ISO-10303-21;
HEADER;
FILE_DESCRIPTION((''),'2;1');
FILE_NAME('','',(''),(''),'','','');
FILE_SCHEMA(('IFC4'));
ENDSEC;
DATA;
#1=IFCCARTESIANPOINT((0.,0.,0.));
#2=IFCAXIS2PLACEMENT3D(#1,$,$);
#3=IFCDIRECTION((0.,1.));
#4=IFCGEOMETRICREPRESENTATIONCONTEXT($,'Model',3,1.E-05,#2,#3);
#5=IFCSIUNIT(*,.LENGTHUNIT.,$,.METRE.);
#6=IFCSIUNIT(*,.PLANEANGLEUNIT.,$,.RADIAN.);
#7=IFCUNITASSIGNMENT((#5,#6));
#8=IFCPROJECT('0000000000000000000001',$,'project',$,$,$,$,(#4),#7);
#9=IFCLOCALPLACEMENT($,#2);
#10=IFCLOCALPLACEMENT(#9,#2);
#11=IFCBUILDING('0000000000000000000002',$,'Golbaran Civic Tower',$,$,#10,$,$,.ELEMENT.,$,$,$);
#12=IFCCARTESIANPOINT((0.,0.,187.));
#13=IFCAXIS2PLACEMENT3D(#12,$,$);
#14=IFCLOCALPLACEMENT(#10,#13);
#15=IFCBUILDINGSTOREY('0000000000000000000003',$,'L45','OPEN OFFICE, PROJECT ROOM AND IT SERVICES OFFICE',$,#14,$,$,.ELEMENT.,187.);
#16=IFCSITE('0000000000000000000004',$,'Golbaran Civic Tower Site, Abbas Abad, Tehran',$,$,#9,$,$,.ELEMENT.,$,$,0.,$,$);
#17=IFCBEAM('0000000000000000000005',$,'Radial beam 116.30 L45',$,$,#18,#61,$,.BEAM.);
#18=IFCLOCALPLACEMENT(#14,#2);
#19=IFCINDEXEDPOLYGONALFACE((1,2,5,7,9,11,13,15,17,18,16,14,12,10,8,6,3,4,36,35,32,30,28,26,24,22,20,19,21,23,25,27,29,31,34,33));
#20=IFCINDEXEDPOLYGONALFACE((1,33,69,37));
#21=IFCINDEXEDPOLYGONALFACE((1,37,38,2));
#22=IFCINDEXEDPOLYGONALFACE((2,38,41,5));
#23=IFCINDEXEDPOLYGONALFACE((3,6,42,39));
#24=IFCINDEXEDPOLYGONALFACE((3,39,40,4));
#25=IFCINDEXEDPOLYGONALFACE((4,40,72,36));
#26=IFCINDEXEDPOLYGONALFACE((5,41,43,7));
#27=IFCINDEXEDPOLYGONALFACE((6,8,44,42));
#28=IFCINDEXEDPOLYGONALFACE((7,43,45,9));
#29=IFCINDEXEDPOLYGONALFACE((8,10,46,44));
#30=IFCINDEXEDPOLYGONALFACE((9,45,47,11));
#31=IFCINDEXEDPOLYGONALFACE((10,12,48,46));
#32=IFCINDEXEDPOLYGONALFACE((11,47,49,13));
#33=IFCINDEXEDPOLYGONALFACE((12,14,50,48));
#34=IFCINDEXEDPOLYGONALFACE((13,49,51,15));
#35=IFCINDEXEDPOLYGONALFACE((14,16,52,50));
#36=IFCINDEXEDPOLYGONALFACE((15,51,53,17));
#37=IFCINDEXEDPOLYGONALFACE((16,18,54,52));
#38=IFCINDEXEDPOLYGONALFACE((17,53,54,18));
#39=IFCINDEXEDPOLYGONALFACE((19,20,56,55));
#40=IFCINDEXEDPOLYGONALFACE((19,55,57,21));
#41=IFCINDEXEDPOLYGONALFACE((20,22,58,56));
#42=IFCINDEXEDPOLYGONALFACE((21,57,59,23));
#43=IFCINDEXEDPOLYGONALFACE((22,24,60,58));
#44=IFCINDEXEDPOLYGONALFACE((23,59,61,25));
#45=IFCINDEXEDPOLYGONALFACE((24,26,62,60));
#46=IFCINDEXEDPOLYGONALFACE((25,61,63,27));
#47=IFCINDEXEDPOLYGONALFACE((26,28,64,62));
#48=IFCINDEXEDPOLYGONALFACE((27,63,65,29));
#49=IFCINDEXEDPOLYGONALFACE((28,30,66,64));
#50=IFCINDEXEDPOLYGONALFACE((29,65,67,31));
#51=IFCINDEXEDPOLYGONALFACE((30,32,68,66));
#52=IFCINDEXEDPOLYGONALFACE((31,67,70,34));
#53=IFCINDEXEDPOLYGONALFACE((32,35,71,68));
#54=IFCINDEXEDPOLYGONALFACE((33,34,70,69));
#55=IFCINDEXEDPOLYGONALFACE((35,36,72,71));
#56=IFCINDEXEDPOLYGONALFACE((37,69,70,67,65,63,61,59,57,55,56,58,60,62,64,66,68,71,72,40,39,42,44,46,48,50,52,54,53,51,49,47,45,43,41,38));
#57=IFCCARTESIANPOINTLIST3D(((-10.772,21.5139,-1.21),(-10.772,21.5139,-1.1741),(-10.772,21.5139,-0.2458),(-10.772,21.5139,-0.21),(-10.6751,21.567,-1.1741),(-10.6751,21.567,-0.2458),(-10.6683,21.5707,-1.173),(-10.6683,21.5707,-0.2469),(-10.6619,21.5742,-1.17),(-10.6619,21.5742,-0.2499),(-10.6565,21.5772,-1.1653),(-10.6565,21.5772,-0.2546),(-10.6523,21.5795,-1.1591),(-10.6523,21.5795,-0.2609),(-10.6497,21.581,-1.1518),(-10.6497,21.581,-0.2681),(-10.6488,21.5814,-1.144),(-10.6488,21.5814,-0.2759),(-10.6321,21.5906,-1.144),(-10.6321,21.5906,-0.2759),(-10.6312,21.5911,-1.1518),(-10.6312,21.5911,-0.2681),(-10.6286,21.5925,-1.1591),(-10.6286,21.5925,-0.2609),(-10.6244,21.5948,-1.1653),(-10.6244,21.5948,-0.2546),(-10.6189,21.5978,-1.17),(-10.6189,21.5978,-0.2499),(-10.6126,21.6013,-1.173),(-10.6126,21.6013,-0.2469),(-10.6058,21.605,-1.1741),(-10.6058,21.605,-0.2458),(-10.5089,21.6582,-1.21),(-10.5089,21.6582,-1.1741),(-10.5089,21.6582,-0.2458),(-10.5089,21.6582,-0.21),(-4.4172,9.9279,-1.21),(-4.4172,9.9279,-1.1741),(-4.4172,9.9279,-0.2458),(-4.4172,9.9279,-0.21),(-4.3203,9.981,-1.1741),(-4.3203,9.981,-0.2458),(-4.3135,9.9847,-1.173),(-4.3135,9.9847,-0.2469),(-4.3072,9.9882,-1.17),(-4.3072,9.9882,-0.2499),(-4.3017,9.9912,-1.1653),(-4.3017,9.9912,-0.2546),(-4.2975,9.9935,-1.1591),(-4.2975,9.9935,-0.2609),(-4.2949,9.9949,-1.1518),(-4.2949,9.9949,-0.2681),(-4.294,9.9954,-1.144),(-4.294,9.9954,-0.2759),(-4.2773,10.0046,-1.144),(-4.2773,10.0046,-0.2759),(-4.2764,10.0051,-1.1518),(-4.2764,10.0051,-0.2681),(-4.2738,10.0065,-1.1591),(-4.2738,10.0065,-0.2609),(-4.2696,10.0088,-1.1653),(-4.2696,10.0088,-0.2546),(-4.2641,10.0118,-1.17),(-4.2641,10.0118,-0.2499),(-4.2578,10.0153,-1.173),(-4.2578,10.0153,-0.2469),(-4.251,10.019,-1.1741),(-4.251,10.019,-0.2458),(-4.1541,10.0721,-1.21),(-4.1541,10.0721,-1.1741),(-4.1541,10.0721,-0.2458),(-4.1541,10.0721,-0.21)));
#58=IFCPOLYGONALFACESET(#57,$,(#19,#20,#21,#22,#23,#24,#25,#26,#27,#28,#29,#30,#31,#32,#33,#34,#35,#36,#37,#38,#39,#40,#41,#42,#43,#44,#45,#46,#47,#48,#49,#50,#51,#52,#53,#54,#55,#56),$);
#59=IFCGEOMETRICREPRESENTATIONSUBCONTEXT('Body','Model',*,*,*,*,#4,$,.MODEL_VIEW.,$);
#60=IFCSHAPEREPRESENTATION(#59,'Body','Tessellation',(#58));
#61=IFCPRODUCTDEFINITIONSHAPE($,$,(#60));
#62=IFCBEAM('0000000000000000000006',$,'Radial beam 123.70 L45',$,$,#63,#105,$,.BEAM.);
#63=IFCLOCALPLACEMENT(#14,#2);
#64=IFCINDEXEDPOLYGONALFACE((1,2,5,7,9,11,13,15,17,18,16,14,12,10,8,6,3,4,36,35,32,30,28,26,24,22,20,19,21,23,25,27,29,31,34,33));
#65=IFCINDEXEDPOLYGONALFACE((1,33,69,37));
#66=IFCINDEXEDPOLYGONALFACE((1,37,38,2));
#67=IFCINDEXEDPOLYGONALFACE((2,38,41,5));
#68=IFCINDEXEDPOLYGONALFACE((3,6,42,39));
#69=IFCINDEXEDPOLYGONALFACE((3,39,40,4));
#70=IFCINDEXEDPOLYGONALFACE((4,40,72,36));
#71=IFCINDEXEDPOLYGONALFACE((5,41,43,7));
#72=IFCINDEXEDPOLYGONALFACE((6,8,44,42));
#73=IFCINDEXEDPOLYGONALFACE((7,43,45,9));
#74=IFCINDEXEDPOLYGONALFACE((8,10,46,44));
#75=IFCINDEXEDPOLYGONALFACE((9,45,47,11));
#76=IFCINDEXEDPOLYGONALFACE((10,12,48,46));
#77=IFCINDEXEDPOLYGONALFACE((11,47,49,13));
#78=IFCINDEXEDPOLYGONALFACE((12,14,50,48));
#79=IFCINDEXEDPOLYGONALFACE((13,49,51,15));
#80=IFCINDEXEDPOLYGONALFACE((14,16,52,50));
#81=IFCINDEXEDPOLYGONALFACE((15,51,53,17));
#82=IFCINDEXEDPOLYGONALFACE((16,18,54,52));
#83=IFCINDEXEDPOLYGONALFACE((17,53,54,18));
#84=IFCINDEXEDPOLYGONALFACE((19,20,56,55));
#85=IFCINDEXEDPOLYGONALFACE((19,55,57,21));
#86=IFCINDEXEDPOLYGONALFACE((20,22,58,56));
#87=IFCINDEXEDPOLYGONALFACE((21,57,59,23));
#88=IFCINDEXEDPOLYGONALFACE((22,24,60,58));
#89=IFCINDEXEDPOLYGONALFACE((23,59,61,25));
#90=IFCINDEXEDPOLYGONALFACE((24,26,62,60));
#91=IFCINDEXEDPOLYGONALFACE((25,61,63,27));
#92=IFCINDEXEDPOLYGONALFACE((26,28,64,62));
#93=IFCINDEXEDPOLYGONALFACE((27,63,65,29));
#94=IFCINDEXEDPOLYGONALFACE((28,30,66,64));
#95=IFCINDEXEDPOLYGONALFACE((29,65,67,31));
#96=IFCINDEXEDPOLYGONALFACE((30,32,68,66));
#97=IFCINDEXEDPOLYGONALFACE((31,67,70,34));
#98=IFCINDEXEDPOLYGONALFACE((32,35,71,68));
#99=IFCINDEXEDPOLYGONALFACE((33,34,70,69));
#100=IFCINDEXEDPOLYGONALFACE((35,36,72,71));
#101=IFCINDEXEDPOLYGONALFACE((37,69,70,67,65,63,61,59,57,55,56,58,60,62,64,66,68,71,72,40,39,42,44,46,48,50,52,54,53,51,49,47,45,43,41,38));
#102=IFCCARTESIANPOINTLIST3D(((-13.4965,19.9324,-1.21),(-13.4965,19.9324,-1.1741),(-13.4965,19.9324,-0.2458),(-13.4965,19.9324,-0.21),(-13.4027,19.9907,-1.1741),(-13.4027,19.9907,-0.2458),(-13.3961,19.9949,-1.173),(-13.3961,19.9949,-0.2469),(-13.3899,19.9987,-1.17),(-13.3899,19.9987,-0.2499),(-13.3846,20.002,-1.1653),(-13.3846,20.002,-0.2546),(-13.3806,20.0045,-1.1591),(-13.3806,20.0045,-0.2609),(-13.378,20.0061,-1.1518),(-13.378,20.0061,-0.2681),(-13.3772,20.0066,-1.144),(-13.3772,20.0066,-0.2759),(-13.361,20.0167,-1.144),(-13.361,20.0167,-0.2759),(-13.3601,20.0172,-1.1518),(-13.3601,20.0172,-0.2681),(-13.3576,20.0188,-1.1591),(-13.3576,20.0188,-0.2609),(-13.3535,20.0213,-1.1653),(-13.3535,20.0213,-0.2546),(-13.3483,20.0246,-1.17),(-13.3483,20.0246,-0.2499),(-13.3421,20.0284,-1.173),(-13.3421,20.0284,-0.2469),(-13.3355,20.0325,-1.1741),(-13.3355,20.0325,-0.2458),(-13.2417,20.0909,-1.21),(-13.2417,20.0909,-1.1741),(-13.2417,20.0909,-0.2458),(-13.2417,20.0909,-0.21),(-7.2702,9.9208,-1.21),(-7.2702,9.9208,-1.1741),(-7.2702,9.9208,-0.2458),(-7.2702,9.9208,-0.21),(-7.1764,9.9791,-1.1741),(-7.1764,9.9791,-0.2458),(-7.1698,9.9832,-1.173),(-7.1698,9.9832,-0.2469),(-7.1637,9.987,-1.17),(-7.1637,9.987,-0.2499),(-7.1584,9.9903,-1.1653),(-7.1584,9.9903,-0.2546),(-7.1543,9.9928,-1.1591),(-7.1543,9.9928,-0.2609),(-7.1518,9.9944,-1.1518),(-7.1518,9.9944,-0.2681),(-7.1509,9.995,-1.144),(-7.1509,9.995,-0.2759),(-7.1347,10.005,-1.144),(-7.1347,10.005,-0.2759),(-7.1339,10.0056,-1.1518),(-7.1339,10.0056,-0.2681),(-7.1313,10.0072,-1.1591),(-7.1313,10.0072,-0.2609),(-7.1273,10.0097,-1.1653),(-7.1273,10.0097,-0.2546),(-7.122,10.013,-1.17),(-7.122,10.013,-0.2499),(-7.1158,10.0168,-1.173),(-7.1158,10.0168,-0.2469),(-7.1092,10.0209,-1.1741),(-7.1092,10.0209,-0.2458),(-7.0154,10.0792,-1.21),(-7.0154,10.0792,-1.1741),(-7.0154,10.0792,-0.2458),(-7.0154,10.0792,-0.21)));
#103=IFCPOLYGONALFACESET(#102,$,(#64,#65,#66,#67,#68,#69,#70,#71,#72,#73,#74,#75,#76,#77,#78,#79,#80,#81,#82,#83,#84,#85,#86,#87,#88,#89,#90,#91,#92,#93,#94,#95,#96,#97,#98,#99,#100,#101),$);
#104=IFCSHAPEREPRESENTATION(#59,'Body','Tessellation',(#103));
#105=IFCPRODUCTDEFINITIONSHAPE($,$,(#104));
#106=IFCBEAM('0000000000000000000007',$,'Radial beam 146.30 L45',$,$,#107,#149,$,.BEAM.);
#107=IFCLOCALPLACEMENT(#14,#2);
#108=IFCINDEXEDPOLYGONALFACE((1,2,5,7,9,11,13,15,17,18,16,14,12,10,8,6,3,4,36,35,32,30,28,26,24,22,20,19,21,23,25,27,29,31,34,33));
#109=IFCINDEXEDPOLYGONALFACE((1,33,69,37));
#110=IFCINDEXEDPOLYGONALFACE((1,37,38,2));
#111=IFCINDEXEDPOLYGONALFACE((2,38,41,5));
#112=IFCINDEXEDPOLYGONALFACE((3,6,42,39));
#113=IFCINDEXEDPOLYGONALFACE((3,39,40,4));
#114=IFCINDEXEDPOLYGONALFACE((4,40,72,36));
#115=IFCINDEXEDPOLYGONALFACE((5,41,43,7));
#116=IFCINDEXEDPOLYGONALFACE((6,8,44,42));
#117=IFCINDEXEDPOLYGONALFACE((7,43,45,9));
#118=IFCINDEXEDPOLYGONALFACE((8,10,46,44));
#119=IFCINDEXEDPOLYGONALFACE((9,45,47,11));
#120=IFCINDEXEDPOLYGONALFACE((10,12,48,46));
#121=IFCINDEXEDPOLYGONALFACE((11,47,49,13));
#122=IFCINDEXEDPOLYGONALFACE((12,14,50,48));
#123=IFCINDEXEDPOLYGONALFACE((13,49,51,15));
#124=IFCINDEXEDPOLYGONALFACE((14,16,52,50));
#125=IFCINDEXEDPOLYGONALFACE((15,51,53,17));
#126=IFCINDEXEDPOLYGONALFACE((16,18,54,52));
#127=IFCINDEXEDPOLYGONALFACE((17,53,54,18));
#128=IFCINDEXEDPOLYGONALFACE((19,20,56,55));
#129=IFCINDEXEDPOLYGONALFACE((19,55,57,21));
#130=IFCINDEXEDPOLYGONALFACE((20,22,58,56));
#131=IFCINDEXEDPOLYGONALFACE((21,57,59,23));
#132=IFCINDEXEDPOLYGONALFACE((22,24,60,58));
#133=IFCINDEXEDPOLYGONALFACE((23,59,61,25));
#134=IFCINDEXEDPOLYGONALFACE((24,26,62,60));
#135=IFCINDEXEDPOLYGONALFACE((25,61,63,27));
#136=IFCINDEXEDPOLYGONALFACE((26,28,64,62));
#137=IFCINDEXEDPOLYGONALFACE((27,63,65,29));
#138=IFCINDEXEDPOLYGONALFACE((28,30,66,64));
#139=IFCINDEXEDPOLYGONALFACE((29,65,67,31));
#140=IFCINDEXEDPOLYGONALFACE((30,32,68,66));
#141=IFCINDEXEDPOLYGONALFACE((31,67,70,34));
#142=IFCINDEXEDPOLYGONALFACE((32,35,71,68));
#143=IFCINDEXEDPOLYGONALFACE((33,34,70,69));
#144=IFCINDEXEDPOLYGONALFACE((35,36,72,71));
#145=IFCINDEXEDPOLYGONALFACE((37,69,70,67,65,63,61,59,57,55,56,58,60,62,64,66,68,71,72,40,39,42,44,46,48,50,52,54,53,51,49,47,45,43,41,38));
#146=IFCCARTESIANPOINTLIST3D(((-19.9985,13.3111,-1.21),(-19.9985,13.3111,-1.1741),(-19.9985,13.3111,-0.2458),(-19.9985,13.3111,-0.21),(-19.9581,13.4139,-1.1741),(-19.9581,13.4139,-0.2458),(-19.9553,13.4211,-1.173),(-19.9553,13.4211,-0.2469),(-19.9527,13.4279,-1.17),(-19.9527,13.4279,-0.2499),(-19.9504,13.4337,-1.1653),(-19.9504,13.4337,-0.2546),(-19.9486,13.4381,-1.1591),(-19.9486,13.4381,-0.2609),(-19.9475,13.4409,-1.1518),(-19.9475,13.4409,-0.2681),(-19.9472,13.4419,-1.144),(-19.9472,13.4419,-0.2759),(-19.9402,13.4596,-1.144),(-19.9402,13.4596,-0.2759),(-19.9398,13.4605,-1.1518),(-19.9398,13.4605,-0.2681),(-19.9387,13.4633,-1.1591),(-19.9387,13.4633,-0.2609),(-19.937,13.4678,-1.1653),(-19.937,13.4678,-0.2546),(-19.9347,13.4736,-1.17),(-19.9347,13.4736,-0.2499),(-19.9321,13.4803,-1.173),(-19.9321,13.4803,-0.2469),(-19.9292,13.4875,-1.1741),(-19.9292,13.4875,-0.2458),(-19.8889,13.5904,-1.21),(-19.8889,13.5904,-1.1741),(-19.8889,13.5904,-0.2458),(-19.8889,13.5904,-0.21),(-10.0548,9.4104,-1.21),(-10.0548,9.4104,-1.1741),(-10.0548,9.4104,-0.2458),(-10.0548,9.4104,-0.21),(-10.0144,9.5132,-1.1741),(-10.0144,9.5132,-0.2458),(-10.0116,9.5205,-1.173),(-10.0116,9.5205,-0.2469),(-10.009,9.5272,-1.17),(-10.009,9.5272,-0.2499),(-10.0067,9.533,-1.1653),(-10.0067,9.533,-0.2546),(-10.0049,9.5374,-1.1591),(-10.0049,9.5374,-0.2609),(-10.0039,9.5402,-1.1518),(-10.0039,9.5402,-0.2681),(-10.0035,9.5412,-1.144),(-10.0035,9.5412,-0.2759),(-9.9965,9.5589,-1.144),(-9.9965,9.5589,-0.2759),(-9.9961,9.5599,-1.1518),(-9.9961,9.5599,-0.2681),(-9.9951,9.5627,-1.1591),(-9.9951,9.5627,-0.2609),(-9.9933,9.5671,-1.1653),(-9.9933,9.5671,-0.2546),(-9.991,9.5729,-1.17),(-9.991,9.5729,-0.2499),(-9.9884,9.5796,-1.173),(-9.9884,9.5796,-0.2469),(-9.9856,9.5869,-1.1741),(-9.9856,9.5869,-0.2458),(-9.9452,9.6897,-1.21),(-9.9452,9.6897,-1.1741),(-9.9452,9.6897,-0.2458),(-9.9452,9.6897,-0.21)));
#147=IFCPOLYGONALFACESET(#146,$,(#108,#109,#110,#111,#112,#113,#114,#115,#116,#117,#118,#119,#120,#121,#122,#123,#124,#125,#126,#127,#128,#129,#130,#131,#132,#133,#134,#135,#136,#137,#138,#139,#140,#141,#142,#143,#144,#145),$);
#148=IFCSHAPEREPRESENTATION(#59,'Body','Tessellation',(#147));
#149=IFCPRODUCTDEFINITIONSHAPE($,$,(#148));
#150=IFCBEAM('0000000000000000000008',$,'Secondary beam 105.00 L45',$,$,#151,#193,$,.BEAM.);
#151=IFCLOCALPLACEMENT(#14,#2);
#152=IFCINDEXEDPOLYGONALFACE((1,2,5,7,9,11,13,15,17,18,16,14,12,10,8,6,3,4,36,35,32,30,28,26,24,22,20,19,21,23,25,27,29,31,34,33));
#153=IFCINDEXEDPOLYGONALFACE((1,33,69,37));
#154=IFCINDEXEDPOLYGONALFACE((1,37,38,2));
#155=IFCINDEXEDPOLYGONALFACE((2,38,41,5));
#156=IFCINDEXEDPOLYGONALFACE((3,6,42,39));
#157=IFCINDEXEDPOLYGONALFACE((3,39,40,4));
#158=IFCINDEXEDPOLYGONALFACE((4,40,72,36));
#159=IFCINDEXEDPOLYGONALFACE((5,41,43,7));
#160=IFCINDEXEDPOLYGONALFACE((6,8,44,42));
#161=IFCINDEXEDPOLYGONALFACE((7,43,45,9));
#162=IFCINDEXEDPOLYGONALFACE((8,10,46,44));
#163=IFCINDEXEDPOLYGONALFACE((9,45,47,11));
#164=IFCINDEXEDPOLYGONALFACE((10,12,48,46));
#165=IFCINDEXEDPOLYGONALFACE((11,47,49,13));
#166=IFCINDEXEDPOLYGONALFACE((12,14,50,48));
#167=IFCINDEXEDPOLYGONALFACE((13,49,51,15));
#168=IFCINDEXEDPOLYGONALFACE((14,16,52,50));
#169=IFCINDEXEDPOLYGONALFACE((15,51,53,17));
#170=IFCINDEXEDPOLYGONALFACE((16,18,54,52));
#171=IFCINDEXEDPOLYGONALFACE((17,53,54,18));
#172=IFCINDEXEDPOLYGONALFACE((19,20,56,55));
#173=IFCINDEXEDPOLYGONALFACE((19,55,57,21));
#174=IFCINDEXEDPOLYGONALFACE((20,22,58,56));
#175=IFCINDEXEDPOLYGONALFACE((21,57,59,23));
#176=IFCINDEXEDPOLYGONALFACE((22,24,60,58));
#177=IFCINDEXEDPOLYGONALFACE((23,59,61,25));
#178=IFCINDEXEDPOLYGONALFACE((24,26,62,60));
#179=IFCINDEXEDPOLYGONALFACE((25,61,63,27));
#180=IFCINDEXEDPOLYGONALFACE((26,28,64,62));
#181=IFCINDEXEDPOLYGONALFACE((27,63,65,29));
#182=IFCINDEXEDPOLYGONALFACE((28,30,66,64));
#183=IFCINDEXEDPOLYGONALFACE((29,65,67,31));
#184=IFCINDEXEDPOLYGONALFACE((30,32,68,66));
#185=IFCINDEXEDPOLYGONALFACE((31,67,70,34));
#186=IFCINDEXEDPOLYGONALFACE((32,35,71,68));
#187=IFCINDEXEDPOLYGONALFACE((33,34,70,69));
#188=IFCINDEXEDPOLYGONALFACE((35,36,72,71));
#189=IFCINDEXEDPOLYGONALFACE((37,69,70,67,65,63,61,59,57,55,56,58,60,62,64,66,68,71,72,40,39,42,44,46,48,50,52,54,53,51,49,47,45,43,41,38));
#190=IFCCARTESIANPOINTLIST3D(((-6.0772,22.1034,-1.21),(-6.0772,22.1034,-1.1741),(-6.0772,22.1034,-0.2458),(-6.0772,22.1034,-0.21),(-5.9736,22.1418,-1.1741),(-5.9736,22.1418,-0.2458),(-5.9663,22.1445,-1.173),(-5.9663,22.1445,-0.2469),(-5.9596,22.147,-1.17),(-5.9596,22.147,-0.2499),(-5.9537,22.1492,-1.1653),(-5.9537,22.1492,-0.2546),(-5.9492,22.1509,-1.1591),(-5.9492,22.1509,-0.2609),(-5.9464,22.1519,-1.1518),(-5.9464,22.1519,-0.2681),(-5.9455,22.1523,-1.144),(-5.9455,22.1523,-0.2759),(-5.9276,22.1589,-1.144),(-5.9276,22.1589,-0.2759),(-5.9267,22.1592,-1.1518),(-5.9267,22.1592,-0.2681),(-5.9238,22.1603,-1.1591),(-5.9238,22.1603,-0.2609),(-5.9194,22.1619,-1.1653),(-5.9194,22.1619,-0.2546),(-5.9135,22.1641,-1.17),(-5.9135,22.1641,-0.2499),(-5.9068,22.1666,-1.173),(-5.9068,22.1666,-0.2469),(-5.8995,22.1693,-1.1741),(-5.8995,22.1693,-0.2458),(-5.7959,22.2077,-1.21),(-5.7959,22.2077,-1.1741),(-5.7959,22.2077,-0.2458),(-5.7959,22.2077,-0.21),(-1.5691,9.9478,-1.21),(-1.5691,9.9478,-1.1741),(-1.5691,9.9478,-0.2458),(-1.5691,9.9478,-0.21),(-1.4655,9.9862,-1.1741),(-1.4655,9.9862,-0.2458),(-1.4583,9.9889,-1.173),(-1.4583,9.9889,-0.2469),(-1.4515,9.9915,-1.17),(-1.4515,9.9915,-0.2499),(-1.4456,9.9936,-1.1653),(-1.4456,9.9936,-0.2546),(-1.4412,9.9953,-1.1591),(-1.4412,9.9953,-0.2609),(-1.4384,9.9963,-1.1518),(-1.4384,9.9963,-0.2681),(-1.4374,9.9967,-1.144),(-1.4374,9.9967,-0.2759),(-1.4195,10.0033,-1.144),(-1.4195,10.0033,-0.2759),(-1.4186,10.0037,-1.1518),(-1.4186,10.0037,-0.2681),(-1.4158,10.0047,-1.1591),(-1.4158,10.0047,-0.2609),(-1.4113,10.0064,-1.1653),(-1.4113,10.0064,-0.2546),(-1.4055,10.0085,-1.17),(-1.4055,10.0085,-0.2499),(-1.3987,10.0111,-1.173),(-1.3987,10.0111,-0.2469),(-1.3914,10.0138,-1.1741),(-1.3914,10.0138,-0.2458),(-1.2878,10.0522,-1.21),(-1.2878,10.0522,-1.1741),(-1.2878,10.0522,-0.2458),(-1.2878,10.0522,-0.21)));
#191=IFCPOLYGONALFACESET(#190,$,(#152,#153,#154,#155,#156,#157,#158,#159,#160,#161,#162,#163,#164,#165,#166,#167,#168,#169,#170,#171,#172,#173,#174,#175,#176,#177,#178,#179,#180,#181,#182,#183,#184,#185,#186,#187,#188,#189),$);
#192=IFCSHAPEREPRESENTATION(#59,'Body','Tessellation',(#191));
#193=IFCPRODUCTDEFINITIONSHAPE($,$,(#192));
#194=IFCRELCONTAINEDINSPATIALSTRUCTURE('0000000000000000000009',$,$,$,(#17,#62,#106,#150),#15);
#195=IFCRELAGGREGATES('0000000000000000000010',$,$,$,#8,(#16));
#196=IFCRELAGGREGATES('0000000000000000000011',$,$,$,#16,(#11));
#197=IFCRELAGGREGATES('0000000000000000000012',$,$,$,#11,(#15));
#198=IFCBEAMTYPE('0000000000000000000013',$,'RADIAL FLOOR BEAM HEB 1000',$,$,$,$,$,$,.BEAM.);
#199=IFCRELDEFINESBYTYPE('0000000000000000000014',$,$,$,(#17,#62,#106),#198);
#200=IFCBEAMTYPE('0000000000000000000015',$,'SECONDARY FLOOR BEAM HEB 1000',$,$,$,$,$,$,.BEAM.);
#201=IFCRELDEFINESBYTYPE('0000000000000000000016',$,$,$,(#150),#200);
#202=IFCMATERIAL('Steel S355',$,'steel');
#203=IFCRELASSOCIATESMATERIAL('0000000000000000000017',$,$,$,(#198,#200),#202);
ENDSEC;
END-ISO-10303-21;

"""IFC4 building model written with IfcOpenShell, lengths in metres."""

from ifc_helpers import new_model, si_unit, direction, frame, origin, origin_2d, place, context, subcontext, project, spatial, i_section, extrude, material, material_profile, profile_set, type_object, element, save


model = new_model("IFC4")

# Units and contexts
model_context = context("Model", 3, precision=1e-05, world=origin(), true_north=direction((0.0, 1.0)))
body_context = subcontext(model_context, "Body", "Model", "MODEL_VIEW")
ifc_project = project(units=[si_unit("LENGTHUNIT", "METRE"), si_unit("PLANEANGLEUNIT", "RADIAN")], contexts=[model_context])

# Site, building, storey
site_placement = place(None, origin())
site = spatial("IfcSite", under=ifc_project, at=site_placement, Name="Golbaran Civic Tower Site, Abbas Abad, Tehran", CompositionType="ELEMENT", RefElevation=0.0)
building_placement = place(site_placement, origin())
building = spatial("IfcBuilding", under=site, at=building_placement, Name="Golbaran Civic Tower", CompositionType="ELEMENT")
storey_placement = place(building_placement, frame((0.0, 0.0, 187.0)))
storey = spatial("IfcBuildingStorey", under=building, at=storey_placement, Name="L45", Description="OPEN OFFICE, PROJECT ROOM AND IT SERVICES OFFICE", CompositionType="ELEMENT", Elevation=187.0)

# Beams
ifc_material_1 = material(Name="Steel S355", Category="steel")
ifc_material_profile_1 = material_profile(ifc_material_1, i_section(OverallWidth=0.3, OverallDepth=1.0, WebThickness=0.019, FlangeThickness=0.0359, FilletRadius=0.03, at=origin_2d()), Name="HEB 1000")
ifc_profile_set_1 = profile_set([ifc_material_profile_1], Name="Steel S355")
beam_type_1 = type_object("IfcBeamType", Name="RADIAL FLOOR BEAM HEB 1000", PredefinedType="BEAM", material=ifc_profile_set_1)
beam_1_placement = place(storey_placement, frame((-4.2856, 10.0, -0.71), z_axis=(-0.4809, 0.876775, 0.0), x_axis=(-0.876775, -0.4809, 0.0)))
element("IfcBeam", 1, at=beam_1_placement, inside=storey, type_object=beam_type_1, Name="Radial beam 116.30 L45", PredefinedType="BEAM", context=body_context, shape_type="SweptSolid", body=[
    extrude(i_section(OverallWidth=0.3, OverallDepth=1.0, WebThickness=0.019, FlangeThickness=0.0359, FilletRadius=0.03, at=origin_2d()), origin(), (0.0, 0.0, 1.0), 13.2144),
])
beam_2_placement = place(storey_placement, frame((-7.1428, 10.0, -0.71), z_axis=(-0.528106, 0.849178, 0.0), x_axis=(-0.849178, -0.528106, 0.0)))
element("IfcBeam", 2, at=beam_2_placement, inside=storey, type_object=beam_type_1, Name="Radial beam 123.70 L45", PredefinedType="BEAM", context=body_context, shape_type="SweptSolid", body=[
    extrude(i_section(OverallWidth=0.3, OverallDepth=1.0, WebThickness=0.019, FlangeThickness=0.0359, FilletRadius=0.03, at=origin_2d()), origin(), (0.0, 0.0, 1.0), 11.7898),
])
beam_3_placement = place(storey_placement, frame((-10.0, 9.55, -0.71), z_axis=(-0.930936, 0.365183, 0.0), x_axis=(-0.365183, -0.930936, 0.0)))
element("IfcBeam", 3, at=beam_3_placement, inside=storey, type_object=beam_type_1, Name="Radial beam 146.30 L45", PredefinedType="BEAM", context=body_context, shape_type="SweptSolid", body=[
    extrude(i_section(OverallWidth=0.3, OverallDepth=1.0, WebThickness=0.019, FlangeThickness=0.0359, FilletRadius=0.03, at=origin_2d()), origin(), (0.0, 0.0, 1.0), 10.6814),
])
ifc_material_profile_2 = material_profile(ifc_material_1, i_section(OverallWidth=0.3, OverallDepth=1.0, WebThickness=0.019, FlangeThickness=0.0359, FilletRadius=0.03, at=origin_2d()), Name="HEB 1000")
ifc_profile_set_2 = profile_set([ifc_material_profile_2], Name="Steel S355")
beam_type_2 = type_object("IfcBeamType", Name="SECONDARY FLOOR BEAM HEB 1000", PredefinedType="BEAM", material=ifc_profile_set_2)
beam_4_placement = place(storey_placement, frame((-1.4285, 10.0, -0.71), z_axis=(-0.347722, 0.937598, 0.0), x_axis=(-0.937598, -0.347722, 0.0)))
element("IfcBeam", 4, at=beam_4_placement, inside=storey, type_object=beam_type_2, Name="Secondary beam 105.00 L45", PredefinedType="BEAM", context=body_context, shape_type="SweptSolid", body=[
    extrude(i_section(OverallWidth=0.3, OverallDepth=1.0, WebThickness=0.019, FlangeThickness=0.0359, FilletRadius=0.03, at=origin_2d()), origin(), (0.0, 0.0, 1.0), 12.9646),
])

save(model, "model.ifc")
